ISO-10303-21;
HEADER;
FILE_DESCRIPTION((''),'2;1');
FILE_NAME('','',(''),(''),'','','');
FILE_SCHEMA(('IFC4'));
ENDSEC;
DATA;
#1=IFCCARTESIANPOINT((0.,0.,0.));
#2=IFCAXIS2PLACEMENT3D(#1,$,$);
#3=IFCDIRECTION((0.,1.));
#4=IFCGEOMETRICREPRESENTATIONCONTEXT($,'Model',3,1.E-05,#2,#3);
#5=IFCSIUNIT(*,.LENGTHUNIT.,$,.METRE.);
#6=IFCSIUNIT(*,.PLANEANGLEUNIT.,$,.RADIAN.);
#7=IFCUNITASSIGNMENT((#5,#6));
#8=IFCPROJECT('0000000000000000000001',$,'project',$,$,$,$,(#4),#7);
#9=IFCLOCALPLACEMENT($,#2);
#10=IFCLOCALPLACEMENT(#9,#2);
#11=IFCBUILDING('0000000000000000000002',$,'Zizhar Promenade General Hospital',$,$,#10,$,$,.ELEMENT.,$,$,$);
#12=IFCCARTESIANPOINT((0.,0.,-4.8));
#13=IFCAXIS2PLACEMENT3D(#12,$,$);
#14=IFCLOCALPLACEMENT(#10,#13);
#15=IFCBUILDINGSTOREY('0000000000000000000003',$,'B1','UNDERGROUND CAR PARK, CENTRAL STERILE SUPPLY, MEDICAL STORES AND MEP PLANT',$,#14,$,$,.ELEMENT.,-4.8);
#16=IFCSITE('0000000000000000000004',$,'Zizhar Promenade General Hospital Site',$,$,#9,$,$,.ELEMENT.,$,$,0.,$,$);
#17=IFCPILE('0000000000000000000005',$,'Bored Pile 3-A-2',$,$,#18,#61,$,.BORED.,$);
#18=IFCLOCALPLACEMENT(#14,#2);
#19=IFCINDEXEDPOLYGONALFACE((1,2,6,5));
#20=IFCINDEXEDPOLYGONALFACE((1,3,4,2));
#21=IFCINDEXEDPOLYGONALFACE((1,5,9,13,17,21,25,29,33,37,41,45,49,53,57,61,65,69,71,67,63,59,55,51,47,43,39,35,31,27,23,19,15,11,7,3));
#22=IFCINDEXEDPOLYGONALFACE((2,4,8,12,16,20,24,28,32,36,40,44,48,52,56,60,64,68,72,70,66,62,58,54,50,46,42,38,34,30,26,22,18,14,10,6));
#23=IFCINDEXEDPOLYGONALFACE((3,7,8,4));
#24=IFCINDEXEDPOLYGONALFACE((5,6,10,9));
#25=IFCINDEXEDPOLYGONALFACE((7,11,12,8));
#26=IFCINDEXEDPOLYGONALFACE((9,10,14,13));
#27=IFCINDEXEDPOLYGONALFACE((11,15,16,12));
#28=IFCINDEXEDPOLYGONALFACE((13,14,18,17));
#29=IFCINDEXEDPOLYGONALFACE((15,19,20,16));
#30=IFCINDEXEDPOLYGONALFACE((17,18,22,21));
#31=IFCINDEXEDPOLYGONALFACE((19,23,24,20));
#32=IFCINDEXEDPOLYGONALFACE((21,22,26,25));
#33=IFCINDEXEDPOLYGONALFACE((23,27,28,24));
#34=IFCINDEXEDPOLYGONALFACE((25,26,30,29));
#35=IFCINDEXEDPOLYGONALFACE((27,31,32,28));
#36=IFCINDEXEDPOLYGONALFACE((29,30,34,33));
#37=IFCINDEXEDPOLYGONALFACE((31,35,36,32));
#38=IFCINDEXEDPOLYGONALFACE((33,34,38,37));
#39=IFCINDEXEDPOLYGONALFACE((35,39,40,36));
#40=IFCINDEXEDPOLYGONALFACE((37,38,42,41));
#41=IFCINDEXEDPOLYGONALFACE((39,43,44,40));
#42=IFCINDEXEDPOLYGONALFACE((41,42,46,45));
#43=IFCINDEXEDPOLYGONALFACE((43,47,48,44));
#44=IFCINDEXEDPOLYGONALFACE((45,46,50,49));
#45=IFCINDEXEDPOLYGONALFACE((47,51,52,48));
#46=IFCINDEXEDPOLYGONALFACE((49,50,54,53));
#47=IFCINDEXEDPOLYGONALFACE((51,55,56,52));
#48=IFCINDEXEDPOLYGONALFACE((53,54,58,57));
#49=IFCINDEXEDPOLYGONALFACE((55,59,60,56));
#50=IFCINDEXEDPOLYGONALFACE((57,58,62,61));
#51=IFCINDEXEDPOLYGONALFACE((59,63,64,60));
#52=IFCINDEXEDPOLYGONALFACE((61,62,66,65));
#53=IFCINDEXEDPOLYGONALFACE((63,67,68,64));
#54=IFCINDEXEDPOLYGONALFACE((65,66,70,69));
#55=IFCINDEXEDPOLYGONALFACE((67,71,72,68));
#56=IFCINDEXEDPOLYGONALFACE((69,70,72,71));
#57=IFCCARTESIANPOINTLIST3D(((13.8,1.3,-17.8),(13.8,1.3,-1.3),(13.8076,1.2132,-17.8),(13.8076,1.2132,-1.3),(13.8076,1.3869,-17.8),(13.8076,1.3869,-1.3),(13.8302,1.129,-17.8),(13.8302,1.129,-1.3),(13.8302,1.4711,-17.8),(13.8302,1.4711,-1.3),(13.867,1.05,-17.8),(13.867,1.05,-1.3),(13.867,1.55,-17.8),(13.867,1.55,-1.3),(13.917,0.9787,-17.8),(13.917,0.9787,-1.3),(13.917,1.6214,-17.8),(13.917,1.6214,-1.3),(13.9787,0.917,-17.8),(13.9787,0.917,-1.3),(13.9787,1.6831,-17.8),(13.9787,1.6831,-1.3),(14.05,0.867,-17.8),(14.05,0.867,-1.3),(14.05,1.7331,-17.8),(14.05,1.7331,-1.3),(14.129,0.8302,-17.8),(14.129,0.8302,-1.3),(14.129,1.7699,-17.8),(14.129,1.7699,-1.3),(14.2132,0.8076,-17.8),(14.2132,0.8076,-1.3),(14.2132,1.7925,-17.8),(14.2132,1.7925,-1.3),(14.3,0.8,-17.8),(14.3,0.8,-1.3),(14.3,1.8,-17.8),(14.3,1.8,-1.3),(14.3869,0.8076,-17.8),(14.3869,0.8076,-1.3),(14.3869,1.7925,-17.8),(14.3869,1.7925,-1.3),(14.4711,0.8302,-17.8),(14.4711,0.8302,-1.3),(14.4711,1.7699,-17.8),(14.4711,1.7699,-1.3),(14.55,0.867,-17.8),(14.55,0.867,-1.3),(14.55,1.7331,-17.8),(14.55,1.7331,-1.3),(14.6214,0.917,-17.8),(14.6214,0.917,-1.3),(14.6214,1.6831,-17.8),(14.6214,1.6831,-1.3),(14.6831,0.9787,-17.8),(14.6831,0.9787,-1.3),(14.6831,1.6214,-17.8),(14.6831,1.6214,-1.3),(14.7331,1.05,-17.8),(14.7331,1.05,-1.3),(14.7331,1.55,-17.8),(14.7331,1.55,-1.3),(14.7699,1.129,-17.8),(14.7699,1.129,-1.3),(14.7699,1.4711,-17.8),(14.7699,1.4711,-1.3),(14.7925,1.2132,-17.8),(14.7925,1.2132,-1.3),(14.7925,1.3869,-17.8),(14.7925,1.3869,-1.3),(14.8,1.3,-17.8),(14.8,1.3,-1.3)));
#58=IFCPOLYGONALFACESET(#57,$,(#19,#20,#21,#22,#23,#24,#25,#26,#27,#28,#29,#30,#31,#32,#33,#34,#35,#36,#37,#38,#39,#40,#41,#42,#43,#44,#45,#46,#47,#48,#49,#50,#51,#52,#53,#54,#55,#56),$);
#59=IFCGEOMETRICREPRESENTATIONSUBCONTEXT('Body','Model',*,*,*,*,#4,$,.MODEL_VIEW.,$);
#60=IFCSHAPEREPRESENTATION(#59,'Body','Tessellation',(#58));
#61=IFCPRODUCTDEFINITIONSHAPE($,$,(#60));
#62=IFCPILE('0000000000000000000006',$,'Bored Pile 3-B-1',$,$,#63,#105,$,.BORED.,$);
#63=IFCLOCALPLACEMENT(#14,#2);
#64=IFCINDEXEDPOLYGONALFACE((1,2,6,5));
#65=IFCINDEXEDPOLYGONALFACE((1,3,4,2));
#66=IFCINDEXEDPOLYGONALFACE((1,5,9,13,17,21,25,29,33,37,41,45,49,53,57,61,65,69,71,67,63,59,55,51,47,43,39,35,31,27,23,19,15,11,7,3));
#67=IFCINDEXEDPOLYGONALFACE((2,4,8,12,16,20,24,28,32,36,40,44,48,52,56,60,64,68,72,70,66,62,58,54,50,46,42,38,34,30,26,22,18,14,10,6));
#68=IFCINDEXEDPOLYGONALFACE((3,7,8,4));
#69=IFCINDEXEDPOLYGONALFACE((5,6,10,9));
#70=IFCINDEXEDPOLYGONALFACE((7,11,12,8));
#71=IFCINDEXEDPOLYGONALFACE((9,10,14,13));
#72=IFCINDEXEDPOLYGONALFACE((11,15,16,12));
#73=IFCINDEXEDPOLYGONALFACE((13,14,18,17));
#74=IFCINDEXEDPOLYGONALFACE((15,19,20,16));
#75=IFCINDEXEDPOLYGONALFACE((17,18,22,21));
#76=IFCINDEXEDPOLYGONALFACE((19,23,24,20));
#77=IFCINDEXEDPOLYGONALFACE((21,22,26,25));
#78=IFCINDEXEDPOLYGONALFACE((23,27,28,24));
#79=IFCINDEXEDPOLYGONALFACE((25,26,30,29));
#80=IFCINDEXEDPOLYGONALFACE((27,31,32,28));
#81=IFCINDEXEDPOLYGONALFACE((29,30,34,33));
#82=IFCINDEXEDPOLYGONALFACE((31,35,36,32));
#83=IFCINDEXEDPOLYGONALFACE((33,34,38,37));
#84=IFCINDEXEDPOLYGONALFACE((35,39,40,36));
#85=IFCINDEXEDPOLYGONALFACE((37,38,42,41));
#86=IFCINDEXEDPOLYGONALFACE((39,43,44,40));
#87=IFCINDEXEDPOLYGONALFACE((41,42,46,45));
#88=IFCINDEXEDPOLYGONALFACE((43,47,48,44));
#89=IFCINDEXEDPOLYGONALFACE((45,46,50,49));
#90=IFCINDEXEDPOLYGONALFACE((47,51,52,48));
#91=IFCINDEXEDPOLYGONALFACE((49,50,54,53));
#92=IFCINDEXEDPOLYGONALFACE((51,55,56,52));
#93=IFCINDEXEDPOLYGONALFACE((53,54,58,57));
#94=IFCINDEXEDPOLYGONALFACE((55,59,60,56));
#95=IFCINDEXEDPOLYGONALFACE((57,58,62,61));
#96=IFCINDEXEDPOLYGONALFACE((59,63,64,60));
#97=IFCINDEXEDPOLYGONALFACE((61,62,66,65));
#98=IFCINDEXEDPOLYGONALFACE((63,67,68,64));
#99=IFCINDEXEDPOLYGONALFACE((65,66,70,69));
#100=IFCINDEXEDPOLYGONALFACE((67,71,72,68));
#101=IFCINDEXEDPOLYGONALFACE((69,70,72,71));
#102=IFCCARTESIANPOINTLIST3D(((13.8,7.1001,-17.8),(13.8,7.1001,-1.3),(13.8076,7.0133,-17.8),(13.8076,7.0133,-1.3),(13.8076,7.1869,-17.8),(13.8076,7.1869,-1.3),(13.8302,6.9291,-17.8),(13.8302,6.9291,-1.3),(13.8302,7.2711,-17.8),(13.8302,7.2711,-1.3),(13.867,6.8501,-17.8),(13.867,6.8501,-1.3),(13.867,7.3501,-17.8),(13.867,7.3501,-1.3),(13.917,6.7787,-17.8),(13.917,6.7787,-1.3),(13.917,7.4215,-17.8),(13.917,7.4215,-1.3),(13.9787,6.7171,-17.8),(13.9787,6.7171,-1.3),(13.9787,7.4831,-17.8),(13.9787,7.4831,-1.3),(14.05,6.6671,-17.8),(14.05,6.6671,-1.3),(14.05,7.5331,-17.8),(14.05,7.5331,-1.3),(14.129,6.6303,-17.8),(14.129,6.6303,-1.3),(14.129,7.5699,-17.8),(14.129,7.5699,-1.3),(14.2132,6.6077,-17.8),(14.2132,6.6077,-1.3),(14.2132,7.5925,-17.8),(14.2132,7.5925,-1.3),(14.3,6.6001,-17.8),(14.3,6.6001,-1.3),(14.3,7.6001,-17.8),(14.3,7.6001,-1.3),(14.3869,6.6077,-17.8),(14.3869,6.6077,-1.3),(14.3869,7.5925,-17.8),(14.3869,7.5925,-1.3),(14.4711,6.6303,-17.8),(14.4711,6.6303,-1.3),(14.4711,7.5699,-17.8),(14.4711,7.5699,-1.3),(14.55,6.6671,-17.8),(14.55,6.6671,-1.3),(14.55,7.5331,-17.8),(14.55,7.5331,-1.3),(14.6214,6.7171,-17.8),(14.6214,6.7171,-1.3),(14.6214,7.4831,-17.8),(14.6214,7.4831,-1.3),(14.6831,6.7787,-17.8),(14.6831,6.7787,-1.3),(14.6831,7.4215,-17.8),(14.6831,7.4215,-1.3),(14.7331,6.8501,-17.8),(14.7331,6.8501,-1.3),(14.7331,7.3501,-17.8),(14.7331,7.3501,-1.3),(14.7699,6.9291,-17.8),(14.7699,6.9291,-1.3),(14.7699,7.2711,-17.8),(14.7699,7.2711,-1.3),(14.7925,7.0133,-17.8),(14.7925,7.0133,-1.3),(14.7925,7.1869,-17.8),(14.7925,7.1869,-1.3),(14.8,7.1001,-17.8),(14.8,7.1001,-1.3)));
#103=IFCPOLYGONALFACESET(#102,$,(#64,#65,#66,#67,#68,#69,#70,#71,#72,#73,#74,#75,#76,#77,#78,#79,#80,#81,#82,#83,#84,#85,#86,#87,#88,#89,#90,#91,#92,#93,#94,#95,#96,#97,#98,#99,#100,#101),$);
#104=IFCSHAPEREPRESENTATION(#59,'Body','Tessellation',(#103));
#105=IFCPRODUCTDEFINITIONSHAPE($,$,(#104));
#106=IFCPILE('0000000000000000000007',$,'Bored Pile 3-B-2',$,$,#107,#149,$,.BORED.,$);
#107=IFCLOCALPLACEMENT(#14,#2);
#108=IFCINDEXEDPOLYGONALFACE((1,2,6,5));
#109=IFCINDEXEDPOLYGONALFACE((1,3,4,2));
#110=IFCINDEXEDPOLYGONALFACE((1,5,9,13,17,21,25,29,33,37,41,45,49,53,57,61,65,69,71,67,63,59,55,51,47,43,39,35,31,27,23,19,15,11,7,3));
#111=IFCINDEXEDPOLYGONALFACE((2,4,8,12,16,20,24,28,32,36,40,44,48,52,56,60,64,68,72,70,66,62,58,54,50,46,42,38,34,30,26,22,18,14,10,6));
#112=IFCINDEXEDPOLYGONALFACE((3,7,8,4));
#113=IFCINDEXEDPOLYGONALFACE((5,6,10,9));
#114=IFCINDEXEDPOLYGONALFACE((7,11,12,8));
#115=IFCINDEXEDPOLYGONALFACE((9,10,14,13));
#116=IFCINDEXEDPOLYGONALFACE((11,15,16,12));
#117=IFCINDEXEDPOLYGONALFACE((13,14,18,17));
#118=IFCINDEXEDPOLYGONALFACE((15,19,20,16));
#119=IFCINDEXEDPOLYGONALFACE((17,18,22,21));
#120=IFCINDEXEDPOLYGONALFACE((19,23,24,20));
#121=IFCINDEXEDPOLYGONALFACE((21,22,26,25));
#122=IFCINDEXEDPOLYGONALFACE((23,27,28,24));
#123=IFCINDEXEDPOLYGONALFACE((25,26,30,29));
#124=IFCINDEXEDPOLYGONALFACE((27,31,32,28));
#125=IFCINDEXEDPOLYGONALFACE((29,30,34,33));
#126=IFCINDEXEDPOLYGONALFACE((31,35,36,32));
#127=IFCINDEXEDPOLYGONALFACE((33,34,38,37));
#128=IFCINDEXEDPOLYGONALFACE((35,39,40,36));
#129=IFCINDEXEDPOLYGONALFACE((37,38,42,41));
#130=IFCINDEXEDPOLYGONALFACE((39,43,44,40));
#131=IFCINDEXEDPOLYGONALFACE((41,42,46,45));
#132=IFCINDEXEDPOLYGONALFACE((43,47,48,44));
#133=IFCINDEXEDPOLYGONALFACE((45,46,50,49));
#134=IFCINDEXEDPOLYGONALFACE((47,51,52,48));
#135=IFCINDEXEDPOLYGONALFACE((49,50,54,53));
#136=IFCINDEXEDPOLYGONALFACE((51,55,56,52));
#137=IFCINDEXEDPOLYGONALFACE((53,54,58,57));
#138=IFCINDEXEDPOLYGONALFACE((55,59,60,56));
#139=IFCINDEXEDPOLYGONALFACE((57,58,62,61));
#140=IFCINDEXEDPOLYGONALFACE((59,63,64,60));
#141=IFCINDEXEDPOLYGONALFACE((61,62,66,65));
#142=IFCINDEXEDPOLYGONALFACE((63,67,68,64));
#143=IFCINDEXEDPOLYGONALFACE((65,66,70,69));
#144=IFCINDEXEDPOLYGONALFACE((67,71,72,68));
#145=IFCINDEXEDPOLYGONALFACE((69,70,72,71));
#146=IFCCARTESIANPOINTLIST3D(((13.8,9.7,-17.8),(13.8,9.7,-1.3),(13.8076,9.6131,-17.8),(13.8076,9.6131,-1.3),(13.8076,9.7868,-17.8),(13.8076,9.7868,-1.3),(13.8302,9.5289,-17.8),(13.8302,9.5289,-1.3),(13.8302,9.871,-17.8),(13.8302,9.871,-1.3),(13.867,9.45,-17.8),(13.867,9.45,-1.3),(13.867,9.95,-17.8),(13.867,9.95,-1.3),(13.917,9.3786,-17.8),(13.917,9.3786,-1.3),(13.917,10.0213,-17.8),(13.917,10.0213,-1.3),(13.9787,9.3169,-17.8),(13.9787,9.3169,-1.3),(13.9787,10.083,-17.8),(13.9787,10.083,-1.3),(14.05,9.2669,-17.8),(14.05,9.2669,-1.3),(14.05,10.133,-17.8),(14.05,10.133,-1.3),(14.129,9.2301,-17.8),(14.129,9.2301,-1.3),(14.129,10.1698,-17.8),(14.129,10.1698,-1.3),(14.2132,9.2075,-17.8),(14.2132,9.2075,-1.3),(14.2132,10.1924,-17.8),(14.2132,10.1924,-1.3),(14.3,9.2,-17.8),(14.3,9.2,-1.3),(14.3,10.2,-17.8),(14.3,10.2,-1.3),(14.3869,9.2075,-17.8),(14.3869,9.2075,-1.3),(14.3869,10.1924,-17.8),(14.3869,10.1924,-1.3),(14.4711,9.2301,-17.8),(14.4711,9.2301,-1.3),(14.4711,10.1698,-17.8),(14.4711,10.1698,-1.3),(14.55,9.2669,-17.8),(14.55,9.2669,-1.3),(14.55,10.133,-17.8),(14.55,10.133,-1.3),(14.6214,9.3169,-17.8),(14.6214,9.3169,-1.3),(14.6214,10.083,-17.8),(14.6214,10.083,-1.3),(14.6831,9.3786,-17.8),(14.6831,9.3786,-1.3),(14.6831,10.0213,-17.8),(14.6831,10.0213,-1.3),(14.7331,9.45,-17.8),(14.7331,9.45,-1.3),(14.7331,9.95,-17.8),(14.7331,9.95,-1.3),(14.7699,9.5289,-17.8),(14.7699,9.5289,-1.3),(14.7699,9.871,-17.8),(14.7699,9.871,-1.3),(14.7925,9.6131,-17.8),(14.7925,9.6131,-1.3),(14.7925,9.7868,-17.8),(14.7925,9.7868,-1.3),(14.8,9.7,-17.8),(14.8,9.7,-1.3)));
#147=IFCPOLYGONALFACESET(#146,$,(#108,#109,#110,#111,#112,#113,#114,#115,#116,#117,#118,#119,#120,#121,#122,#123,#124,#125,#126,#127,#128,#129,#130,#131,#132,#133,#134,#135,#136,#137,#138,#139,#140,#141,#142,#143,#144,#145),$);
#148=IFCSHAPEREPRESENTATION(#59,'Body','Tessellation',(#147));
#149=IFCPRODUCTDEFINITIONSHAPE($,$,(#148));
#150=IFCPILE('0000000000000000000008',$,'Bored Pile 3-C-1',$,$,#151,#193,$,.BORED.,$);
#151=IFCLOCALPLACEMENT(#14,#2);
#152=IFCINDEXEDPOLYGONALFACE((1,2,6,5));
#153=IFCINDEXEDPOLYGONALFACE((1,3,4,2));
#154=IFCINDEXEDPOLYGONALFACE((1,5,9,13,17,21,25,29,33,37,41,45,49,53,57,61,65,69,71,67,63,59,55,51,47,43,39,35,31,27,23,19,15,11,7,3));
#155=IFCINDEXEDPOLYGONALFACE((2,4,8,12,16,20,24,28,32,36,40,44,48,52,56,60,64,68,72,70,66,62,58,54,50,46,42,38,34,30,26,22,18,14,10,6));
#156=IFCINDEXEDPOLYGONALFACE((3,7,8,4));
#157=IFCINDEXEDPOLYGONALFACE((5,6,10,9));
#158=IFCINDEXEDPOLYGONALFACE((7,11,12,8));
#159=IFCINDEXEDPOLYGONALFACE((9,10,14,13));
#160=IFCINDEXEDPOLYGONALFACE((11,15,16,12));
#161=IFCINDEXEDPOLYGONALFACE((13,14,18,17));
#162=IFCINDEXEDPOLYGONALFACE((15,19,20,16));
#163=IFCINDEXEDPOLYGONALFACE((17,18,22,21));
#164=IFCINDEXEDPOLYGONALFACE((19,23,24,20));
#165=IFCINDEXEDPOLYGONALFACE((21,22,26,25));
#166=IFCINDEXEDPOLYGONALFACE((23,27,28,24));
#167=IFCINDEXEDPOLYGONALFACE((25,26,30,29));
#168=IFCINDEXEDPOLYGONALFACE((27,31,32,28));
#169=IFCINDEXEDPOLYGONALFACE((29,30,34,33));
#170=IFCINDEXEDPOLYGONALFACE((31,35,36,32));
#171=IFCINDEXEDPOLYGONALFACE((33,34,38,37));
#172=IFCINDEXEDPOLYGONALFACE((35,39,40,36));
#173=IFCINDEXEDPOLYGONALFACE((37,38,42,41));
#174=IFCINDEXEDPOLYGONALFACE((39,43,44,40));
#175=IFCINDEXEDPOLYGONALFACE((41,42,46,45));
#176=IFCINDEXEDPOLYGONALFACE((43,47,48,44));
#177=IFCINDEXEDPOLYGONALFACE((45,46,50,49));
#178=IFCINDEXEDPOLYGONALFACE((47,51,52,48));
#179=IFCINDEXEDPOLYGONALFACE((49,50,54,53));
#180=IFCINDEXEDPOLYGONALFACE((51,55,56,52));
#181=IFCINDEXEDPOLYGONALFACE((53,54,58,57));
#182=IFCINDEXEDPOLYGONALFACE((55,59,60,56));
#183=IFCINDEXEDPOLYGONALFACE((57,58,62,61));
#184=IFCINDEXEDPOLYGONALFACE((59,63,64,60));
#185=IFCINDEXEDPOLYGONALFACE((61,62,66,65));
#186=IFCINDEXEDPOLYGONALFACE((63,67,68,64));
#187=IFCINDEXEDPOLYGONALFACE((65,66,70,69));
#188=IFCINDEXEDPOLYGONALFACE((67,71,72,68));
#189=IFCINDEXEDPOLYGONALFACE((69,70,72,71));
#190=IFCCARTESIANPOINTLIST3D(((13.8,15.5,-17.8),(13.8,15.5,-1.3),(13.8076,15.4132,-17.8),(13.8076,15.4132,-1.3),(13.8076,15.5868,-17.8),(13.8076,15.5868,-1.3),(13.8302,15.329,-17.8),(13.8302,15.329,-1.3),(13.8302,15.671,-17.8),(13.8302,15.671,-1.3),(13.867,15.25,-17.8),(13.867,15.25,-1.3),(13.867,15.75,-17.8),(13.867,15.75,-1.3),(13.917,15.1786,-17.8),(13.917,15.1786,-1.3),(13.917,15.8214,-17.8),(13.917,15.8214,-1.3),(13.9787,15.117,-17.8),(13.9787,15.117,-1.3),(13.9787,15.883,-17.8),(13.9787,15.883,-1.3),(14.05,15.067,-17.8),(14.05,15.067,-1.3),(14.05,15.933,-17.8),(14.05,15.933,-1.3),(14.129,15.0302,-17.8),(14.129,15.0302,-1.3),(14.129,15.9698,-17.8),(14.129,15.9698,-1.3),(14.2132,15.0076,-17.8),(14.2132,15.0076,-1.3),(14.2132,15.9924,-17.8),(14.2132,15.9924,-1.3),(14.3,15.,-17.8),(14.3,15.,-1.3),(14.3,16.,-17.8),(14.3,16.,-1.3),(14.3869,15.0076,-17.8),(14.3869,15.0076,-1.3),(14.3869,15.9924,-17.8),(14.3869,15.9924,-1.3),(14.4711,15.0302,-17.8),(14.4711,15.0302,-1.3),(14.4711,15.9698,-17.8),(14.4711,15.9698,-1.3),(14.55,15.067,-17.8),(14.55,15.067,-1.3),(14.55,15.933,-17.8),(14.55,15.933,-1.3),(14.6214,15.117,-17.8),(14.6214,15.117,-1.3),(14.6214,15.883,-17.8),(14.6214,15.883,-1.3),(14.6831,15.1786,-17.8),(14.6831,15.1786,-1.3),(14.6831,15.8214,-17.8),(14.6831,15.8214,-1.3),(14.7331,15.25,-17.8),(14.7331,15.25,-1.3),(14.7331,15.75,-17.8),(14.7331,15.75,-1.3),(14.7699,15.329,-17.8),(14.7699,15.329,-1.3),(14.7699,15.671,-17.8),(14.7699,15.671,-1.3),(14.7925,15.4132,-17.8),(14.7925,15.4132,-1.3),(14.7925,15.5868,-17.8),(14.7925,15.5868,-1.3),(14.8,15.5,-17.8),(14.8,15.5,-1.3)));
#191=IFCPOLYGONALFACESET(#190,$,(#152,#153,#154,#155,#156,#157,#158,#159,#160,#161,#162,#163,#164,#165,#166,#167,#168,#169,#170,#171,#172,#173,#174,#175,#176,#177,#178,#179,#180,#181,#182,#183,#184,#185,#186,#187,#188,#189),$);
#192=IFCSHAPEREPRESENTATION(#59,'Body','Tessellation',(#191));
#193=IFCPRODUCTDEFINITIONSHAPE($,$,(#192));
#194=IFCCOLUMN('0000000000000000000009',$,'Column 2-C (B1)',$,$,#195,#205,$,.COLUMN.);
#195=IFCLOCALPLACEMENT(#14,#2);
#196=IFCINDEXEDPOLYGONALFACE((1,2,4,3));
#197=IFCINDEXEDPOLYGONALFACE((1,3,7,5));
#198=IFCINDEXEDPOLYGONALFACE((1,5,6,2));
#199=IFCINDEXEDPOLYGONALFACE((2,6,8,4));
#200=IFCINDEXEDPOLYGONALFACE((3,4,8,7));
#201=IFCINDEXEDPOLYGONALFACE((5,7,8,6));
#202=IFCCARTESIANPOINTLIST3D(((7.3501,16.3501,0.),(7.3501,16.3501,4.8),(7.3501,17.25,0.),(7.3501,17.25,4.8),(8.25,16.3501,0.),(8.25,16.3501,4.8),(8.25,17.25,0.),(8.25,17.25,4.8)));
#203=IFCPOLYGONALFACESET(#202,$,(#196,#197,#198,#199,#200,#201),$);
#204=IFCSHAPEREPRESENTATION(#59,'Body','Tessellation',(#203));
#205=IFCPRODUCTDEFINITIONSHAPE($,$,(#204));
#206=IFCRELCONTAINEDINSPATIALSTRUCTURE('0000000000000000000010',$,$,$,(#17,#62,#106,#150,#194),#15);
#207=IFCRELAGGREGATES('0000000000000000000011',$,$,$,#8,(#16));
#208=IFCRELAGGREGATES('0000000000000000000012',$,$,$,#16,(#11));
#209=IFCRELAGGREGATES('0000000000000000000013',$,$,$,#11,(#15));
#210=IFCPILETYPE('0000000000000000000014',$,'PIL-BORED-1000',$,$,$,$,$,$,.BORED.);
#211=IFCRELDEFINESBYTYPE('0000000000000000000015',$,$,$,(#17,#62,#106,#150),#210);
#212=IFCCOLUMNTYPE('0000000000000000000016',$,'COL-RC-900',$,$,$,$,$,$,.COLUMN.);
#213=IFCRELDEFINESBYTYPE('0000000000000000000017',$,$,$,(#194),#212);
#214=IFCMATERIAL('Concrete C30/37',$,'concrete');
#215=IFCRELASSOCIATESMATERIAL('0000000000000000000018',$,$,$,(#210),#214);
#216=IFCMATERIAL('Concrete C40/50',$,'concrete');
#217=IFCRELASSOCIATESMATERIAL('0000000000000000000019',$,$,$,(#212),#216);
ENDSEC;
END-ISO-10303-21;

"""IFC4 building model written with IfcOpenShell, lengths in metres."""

from ifc_helpers import new_model, si_unit, direction, frame, origin, origin_2d, place, context, subcontext, project, spatial, rectangle, circle, extrude, material, material_profile, profile_set, type_object, element, save


model = new_model("IFC4")

# Units and contexts
model_context = context("Model", 3, precision=1e-05, world=origin(), true_north=direction((0.0, 1.0)))
body_context = subcontext(model_context, "Body", "Model", "MODEL_VIEW")
ifc_project = project(units=[si_unit("LENGTHUNIT", "METRE"), si_unit("PLANEANGLEUNIT", "RADIAN")], contexts=[model_context])

# Site, building, storey
site_placement = place(None, origin())
site = spatial("IfcSite", under=ifc_project, at=site_placement, Name="Zizhar Promenade General Hospital Site", CompositionType="ELEMENT", RefElevation=0.0)
building_placement = place(site_placement, origin())
building = spatial("IfcBuilding", under=site, at=building_placement, Name="Zizhar Promenade General Hospital", CompositionType="ELEMENT")
storey_placement = place(building_placement, frame((0.0, 0.0, -4.8)))
storey = spatial("IfcBuildingStorey", under=building, at=storey_placement, Name="B1", Description="UNDERGROUND CAR PARK, CENTRAL STERILE SUPPLY, MEDICAL STORES AND MEP PLANT", CompositionType="ELEMENT", Elevation=-4.8)

# Piles
ifc_material_1 = material(Name="Concrete C30/37", Category="concrete")
ifc_material_profile_1 = material_profile(ifc_material_1, circle(Radius=0.5, at=origin_2d()))
ifc_profile_set_1 = profile_set([ifc_material_profile_1], Name="Concrete C30/37")
pile_type = type_object("IfcPileType", Name="PIL-BORED-1000", PredefinedType="BORED", material=ifc_profile_set_1)
for number, where, z_axis, x_axis, name in (
    (1, (14.3, 1.3, -1.3), (0.0, 0.0, -1.0), (1.0, 0.0, 0.0), "Bored Pile 3-A-2"),
    (2, (14.3, 7.1001, -1.3), (0.0, 0.0, -1.0), (1.0, 0.0, 0.0), "Bored Pile 3-B-1"),
    (3, (14.3, 9.7, -1.3), (0.0, 0.0, -1.0), (1.0, 0.0, 0.0), "Bored Pile 3-B-2"),
    (4, (14.3, 15.5, -1.3), (0.0, 0.0, -1.0), (1.0, 0.0, 0.0), "Bored Pile 3-C-1"),
):
    element("IfcPile", number, at=place(storey_placement, frame(where, z_axis=z_axis, x_axis=x_axis)), inside=storey, type_object=pile_type, Name=name, PredefinedType="BORED", context=body_context, shape_type="SweptSolid", body=[
        extrude(circle(Radius=0.5, at=origin_2d()), origin(), (0.0, 0.0, 1.0), 16.5),
    ])

# Column
ifc_material_2 = material(Name="Concrete C40/50", Category="concrete")
ifc_material_profile_2 = material_profile(ifc_material_2, rectangle(XDim=0.8999, YDim=0.8999, at=origin_2d()))
ifc_profile_set_2 = profile_set([ifc_material_profile_2], Name="Concrete C40/50")
column_type = type_object("IfcColumnType", Name="COL-RC-900", PredefinedType="COLUMN", material=ifc_profile_set_2)
for number, where, z_axis, x_axis, name in (
    (5, (7.8, 16.8, 0.0), (0.0, 0.0, 1.0), (1.0, 0.0, 0.0), "Column 2-C (B1)"),
):
    element("IfcColumn", number, at=place(storey_placement, frame(where, z_axis=z_axis, x_axis=x_axis)), inside=storey, type_object=column_type, Name=name, PredefinedType="COLUMN", context=body_context, shape_type="SweptSolid", body=[
        extrude(rectangle(XDim=0.8999, YDim=0.8999, at=origin_2d()), origin(), (0.0, 0.0, 1.0), 4.8),
    ])

save(model, "model.ifc")
